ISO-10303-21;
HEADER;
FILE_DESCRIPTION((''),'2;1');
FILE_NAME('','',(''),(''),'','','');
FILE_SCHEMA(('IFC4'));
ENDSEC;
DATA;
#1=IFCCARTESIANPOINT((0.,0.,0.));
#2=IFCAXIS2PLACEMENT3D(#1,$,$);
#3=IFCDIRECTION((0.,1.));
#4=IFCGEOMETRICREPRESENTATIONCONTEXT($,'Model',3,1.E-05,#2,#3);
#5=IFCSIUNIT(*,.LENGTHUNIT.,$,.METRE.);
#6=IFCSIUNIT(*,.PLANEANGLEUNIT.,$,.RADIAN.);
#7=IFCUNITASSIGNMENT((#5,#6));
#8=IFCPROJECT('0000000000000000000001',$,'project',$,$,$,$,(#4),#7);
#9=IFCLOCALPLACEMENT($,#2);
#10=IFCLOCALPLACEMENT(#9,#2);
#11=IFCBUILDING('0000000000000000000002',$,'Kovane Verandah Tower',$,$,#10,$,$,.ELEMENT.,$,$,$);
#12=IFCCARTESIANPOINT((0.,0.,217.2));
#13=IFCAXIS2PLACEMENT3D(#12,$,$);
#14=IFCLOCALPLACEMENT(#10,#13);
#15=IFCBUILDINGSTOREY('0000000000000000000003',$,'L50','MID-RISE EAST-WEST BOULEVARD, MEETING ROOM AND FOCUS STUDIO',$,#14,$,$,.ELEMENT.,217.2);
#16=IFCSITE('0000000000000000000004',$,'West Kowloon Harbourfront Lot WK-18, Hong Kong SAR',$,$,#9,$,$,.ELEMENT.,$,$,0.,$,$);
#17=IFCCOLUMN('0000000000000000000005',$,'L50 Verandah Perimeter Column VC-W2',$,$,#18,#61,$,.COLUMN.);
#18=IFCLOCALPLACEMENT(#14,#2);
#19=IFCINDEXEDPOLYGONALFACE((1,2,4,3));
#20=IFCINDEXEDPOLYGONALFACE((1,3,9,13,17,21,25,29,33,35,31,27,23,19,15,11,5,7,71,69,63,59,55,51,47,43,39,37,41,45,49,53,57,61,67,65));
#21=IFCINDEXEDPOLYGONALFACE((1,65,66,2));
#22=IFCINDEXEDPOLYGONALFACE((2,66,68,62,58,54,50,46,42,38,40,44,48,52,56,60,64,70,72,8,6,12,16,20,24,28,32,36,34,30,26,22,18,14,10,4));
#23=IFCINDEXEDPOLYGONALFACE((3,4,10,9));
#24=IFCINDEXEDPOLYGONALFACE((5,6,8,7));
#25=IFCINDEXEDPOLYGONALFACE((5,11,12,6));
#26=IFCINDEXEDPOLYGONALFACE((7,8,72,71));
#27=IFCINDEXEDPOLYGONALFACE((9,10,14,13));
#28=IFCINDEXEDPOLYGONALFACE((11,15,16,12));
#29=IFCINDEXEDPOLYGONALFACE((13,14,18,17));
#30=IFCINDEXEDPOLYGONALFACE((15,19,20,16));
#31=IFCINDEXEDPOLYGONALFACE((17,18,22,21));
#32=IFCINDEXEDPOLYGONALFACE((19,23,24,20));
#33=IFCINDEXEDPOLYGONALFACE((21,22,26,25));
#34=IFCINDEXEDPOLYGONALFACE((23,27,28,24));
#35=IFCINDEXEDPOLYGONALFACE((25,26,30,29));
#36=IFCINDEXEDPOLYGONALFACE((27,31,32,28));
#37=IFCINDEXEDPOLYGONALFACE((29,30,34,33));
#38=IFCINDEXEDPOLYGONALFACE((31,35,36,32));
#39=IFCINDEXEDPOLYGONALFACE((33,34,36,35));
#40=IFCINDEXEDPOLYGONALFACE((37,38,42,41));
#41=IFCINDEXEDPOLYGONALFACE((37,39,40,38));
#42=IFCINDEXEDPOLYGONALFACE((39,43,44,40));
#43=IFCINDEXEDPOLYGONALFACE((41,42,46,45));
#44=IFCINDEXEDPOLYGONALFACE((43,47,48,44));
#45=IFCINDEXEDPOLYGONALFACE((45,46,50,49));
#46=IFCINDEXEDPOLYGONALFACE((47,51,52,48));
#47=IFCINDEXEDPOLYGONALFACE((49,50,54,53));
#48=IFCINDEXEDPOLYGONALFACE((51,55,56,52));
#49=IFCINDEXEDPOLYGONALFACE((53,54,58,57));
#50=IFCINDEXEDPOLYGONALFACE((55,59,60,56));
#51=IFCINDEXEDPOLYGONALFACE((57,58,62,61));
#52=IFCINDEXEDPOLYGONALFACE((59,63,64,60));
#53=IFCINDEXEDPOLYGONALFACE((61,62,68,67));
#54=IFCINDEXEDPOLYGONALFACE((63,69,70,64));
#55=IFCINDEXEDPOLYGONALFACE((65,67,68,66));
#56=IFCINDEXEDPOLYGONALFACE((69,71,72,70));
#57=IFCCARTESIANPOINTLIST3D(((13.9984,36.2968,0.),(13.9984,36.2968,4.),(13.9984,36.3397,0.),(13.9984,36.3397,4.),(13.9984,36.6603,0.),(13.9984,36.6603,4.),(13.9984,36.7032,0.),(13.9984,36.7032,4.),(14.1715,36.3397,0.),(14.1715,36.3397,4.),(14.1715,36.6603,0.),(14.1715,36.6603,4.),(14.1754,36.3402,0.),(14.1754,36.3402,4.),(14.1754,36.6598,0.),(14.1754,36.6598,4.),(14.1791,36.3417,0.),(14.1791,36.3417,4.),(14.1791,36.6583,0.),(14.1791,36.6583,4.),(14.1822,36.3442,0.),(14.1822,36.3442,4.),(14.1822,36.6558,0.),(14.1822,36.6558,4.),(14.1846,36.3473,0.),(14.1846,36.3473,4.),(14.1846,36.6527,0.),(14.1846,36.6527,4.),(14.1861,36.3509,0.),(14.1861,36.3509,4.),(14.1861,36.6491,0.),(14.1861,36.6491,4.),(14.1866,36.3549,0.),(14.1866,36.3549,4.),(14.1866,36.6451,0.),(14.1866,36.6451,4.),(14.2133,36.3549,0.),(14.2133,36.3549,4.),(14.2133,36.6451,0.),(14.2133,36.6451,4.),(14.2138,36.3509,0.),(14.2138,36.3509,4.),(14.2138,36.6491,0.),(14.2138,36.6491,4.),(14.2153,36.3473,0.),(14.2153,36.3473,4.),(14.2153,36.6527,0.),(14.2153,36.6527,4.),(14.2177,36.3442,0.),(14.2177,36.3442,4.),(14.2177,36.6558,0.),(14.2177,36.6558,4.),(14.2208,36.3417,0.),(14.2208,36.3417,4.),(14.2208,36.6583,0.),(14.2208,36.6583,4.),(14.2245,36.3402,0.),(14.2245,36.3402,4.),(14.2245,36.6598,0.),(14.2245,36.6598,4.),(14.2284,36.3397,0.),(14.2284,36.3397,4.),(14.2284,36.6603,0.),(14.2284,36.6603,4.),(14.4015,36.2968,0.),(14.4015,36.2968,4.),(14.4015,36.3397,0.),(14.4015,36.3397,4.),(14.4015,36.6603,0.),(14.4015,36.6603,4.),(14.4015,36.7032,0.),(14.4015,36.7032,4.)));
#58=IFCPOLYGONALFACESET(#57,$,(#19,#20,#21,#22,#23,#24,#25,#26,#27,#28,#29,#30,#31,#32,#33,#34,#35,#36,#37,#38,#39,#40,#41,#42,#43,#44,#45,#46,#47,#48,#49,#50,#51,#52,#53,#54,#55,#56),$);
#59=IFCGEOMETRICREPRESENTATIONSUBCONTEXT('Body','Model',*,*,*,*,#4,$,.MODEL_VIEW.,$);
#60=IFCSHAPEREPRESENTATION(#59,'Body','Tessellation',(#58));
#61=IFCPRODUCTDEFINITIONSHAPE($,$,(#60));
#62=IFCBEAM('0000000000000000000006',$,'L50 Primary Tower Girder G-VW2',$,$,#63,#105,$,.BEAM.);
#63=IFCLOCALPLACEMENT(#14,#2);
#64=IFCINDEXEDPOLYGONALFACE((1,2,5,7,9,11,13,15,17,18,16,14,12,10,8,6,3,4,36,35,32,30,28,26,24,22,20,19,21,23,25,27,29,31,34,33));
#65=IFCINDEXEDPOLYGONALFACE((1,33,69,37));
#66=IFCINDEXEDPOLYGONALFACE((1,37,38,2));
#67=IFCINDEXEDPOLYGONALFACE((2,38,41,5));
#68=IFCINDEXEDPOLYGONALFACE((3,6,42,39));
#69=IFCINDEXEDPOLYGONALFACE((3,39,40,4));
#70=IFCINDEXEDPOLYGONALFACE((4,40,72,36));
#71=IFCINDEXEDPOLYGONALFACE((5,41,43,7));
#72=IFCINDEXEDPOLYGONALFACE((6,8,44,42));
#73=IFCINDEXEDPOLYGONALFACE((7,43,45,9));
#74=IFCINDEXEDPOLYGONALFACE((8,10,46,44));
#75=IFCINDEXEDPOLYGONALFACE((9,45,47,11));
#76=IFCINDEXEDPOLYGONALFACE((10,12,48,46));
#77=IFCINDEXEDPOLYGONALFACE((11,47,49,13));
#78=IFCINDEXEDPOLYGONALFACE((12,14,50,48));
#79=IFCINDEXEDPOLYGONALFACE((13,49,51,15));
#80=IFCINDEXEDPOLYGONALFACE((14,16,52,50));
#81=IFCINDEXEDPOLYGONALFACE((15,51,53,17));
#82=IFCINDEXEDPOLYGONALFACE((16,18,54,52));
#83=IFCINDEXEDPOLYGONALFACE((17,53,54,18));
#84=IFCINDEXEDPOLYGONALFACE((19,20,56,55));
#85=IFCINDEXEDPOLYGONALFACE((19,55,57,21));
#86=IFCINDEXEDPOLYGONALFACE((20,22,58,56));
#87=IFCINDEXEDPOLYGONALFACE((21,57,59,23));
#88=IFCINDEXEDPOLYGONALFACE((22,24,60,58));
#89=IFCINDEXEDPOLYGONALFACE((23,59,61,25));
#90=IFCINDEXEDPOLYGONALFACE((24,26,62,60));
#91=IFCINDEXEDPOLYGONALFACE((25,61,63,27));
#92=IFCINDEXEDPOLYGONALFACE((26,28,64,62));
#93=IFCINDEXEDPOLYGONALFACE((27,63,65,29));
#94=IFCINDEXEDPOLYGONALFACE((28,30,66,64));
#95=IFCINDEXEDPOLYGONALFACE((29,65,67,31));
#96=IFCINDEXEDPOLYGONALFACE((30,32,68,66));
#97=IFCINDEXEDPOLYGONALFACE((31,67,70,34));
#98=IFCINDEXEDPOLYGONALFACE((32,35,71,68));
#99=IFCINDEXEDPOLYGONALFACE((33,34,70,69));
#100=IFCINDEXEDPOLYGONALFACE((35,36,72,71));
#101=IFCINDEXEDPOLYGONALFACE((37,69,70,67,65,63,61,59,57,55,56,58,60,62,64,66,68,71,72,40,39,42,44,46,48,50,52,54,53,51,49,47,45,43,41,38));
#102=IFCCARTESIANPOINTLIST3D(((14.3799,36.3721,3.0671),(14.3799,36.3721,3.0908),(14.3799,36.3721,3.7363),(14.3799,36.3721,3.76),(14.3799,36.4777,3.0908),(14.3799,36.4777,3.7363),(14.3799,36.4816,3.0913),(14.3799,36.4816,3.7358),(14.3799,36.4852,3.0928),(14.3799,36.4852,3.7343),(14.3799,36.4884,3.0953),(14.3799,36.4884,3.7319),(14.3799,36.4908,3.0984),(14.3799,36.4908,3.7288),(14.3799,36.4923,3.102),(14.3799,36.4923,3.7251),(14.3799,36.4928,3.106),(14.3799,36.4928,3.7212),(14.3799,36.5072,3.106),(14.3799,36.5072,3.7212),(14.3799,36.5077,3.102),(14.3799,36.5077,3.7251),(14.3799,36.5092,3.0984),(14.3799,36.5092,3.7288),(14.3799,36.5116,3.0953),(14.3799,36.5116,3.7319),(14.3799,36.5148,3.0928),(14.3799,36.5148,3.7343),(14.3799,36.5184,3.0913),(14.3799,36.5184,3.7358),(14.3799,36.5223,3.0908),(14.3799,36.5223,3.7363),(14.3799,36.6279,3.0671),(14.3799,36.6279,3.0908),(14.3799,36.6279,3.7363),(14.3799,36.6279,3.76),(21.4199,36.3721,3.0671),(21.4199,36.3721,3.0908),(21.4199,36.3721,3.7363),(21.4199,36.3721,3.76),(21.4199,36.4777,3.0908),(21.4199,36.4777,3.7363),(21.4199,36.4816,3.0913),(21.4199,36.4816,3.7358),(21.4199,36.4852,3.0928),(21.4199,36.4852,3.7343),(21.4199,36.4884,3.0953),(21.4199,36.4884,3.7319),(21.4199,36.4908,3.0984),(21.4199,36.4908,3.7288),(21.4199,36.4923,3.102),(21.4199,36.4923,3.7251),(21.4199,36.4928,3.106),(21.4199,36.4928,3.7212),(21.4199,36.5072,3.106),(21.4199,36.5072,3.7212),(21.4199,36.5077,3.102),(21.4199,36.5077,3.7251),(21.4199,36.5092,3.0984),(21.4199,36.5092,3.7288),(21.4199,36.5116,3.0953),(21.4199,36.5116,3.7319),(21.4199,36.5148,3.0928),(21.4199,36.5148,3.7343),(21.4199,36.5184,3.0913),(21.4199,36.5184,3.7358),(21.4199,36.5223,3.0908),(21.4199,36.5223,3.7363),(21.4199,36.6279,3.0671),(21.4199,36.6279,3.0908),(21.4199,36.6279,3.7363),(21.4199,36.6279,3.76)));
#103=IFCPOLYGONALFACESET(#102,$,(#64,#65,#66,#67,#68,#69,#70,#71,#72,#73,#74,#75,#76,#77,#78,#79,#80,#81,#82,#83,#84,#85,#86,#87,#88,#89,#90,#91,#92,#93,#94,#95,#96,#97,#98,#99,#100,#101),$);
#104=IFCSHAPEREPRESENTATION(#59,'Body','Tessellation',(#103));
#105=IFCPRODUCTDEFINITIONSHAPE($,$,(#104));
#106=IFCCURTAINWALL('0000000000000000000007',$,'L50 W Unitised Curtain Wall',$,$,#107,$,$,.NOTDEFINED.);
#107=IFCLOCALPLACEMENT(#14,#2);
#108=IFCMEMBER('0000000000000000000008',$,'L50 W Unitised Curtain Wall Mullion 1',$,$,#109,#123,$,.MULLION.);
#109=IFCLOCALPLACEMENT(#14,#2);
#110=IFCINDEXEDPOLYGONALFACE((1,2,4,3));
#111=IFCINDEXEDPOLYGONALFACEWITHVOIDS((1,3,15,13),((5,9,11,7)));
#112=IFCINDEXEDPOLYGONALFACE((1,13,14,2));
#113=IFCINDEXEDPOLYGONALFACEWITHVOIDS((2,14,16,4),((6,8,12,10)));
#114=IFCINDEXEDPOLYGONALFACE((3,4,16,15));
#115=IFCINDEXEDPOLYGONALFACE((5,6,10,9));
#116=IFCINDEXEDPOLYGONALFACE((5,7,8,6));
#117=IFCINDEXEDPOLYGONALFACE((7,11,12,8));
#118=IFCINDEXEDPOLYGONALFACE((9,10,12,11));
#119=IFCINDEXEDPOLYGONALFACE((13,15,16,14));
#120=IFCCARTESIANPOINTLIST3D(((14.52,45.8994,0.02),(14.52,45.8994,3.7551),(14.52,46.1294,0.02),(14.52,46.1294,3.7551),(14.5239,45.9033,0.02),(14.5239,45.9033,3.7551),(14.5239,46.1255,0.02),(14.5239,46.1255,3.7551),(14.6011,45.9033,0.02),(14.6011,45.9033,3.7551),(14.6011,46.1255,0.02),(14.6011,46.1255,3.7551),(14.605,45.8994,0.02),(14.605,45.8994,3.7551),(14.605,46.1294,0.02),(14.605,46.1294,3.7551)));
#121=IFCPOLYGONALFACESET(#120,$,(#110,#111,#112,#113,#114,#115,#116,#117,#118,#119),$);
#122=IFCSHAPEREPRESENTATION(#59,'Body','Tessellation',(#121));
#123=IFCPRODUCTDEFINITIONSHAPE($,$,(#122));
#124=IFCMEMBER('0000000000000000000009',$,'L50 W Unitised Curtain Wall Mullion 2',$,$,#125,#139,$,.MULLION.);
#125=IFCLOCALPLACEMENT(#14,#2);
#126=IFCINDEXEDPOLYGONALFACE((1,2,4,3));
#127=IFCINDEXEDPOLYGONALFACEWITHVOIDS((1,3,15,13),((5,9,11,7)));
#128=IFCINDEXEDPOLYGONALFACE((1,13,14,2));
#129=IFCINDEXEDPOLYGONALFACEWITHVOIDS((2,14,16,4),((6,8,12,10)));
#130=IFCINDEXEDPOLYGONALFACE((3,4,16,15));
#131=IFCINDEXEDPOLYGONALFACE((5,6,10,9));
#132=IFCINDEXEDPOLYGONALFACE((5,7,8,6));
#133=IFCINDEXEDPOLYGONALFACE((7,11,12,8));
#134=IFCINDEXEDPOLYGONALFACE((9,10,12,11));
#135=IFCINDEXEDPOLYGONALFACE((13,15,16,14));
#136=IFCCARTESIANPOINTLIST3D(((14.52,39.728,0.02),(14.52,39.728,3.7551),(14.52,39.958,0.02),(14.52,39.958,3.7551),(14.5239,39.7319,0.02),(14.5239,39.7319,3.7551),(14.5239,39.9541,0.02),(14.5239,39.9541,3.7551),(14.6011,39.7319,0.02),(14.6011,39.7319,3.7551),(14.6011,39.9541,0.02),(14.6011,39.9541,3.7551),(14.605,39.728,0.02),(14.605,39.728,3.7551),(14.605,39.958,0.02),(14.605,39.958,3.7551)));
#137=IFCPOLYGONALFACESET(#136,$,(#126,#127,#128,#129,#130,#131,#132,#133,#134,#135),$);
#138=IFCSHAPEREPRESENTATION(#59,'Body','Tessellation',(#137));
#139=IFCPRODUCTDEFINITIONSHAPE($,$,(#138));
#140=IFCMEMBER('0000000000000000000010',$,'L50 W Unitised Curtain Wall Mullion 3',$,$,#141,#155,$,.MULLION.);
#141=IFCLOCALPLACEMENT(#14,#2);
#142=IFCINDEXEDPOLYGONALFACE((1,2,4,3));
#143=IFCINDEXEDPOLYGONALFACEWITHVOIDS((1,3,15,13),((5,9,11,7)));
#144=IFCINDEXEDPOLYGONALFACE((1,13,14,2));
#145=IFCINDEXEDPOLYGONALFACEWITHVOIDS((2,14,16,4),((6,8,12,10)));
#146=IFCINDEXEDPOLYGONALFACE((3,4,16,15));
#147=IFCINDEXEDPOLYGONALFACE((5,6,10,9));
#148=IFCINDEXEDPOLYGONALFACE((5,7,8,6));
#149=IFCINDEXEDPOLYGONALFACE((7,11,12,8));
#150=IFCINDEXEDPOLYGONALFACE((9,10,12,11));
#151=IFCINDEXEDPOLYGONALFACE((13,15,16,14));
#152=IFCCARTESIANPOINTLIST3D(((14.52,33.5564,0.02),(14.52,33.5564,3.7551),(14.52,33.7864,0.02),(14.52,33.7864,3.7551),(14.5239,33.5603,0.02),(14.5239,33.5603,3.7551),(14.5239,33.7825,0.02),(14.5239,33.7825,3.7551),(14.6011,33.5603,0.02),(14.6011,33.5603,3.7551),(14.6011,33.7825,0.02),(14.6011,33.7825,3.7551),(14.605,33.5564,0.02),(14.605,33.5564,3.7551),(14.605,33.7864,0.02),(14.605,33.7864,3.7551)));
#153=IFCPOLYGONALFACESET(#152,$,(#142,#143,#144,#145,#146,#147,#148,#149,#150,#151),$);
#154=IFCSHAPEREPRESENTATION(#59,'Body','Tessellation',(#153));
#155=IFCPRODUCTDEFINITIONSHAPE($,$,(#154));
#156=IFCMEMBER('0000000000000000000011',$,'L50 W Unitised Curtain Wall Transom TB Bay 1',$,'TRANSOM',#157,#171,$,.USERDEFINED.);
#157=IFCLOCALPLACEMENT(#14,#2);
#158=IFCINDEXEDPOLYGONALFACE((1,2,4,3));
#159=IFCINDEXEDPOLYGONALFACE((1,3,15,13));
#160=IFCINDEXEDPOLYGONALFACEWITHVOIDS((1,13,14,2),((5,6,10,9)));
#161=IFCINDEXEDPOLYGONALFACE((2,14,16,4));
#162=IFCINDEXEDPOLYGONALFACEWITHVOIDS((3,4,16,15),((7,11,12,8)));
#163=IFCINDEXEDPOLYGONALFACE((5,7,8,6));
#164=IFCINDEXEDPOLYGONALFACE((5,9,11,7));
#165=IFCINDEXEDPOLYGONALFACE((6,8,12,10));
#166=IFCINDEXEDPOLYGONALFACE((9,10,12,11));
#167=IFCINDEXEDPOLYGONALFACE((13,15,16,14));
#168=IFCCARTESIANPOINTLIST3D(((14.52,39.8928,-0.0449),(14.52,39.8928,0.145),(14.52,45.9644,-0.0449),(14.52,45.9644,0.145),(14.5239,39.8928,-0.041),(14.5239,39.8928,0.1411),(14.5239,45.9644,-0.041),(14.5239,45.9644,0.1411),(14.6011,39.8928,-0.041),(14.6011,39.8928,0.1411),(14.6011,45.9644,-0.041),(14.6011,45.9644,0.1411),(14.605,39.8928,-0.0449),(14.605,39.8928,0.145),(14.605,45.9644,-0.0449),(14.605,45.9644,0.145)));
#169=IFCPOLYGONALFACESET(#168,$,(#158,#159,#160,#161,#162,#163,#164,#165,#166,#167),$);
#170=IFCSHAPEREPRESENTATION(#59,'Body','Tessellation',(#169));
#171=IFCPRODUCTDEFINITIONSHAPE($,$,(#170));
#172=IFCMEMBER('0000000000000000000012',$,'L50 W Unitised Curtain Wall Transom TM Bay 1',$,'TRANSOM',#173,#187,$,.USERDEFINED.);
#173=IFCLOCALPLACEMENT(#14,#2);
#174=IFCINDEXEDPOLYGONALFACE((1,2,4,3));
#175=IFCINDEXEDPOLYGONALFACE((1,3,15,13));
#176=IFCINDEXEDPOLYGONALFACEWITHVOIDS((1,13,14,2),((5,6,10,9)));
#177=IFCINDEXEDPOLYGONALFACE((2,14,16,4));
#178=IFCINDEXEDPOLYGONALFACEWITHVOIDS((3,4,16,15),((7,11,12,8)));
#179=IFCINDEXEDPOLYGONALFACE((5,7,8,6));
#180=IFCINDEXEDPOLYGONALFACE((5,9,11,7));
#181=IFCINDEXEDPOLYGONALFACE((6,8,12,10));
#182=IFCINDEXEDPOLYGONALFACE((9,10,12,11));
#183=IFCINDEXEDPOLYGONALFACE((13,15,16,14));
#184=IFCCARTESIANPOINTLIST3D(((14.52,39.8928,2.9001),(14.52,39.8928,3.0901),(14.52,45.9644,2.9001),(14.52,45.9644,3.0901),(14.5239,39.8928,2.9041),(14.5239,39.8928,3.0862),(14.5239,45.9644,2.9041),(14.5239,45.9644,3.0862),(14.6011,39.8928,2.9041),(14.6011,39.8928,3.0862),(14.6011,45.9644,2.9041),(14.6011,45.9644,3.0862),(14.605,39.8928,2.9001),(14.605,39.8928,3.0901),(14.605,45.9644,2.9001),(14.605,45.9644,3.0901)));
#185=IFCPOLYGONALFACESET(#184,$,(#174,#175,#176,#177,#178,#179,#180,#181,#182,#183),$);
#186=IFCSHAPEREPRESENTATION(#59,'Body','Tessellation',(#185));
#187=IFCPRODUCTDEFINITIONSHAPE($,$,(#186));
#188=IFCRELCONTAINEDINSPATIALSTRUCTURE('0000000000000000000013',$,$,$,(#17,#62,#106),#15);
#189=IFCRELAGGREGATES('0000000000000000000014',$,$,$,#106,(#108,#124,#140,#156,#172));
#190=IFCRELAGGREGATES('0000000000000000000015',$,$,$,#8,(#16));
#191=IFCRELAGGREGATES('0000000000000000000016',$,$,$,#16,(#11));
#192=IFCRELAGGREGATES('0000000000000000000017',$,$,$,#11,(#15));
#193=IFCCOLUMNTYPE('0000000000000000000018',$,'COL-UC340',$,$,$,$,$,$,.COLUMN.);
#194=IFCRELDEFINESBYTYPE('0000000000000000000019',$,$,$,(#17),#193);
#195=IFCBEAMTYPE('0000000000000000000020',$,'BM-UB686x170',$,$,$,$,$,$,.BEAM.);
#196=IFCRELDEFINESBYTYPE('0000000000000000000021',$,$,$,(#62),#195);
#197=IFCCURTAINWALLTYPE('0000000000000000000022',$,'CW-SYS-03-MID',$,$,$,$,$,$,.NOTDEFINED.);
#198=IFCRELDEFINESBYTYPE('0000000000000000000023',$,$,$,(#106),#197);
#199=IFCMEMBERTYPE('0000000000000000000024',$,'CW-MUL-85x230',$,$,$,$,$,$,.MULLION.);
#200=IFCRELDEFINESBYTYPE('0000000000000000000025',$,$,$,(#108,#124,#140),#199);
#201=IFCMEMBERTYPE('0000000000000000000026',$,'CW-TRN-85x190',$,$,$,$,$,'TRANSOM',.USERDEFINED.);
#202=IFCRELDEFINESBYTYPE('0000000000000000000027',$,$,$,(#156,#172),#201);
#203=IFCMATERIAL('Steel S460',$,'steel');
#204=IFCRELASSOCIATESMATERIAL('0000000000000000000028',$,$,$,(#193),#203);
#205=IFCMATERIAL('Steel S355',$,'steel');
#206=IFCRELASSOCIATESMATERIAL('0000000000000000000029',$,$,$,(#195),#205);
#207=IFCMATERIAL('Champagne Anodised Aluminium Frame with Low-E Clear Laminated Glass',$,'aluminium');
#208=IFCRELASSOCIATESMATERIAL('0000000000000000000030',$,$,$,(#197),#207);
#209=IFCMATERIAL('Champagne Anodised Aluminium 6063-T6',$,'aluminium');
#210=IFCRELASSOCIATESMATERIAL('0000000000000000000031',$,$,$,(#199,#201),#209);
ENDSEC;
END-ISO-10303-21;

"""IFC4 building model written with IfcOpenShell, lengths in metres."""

from ifc_helpers import new_model, si_unit, direction, frame, origin, origin_2d, place, context, subcontext, project, spatial, hollow_rectangle, i_section, extrude, material, material_profile, profile_set, type_object, element, aggregate, save


model = new_model("IFC4")

# Units and contexts
model_context = context("Model", 3, precision=1e-05, world=origin(), true_north=direction((0.0, 1.0)))
body_context = subcontext(model_context, "Body", "Model", "MODEL_VIEW")
ifc_project = project(units=[si_unit("LENGTHUNIT", "METRE"), si_unit("PLANEANGLEUNIT", "RADIAN")], contexts=[model_context])

# Site, building, storey
site_placement = place(None, origin())
site = spatial("IfcSite", under=ifc_project, at=site_placement, Name="West Kowloon Harbourfront Lot WK-18, Hong Kong SAR", CompositionType="ELEMENT", RefElevation=0.0)
building_placement = place(site_placement, origin())
building = spatial("IfcBuilding", under=site, at=building_placement, Name="Kovane Verandah Tower", CompositionType="ELEMENT")
storey_placement = place(building_placement, frame((0.0, 0.0, 217.2)))
storey = spatial("IfcBuildingStorey", under=building, at=storey_placement, Name="L50", Description="MID-RISE EAST-WEST BOULEVARD, MEETING ROOM AND FOCUS STUDIO", CompositionType="ELEMENT", Elevation=217.2)

# Column
ifc_material_1 = material(Name="Steel S460", Category="steel")
ifc_material_profile_1 = material_profile(ifc_material_1, i_section(OverallWidth=0.4031, OverallDepth=0.4065, WebThickness=0.0266, FlangeThickness=0.043, FilletRadius=0.0151, at=origin_2d()), Name="UC356x406x340")
ifc_profile_set_1 = profile_set([ifc_material_profile_1], Name="Steel S460")
column_type = type_object("IfcColumnType", Name="COL-UC340", PredefinedType="COLUMN", material=ifc_profile_set_1)
column_placement = place(storey_placement, frame((14.2, 36.5, 0.0), z_axis=(0.0, 0.0, 1.0), x_axis=(1.0, 0.0, 0.0)))
element("IfcColumn", 1, at=column_placement, inside=storey, type_object=column_type, Name="L50 Verandah Perimeter Column VC-W2", PredefinedType="COLUMN", context=body_context, shape_type="SweptSolid", body=[
    extrude(i_section(OverallWidth=0.4031, OverallDepth=0.4065, WebThickness=0.0266, FlangeThickness=0.043, FilletRadius=0.0151, at=origin_2d()), origin(), (0.0, 0.0, 1.0), 4.0),
])

# Beam
ifc_material_2 = material(Name="Steel S355", Category="steel")
ifc_material_profile_2 = material_profile(ifc_material_2, i_section(OverallWidth=0.2559, OverallDepth=0.6929, WebThickness=0.0144, FlangeThickness=0.0237, FilletRadius=0.0151, at=origin_2d()), Name="UB686x254x170")
ifc_profile_set_2 = profile_set([ifc_material_profile_2], Name="Steel S355")
beam_type_1 = type_object("IfcBeamType", Name="BM-UB686x170", PredefinedType="BEAM", material=ifc_profile_set_2)
beam_1_placement = place(storey_placement, frame((21.4199, 36.5, 3.4136), z_axis=(-1.0, 0.0, 0.0), x_axis=(0.0, -1.0, 0.0)))
element("IfcBeam", 2, at=beam_1_placement, inside=storey, type_object=beam_type_1, Name="L50 Primary Tower Girder G-VW2", PredefinedType="BEAM", context=body_context, shape_type="SweptSolid", body=[
    extrude(i_section(OverallWidth=0.2559, OverallDepth=0.6929, WebThickness=0.0144, FlangeThickness=0.0237, FilletRadius=0.0151, at=origin_2d()), origin(), (0.0, 0.0, 1.0), 7.04),
])

# Curtain wall, members
ifc_material_3 = material(Name="Champagne Anodised Aluminium Frame with Low-E Clear Laminated Glass", Category="aluminium")
curtain_wall_type = type_object("IfcCurtainWallType", Name="CW-SYS-03-MID", PredefinedType="NOTDEFINED", material=ifc_material_3)
curtain_wall_placement = place(storey_placement, origin())
curtain_wall = element("IfcCurtainWall", 3, at=curtain_wall_placement, inside=storey, type_object=curtain_wall_type, Name="L50 W Unitised Curtain Wall", PredefinedType="NOTDEFINED")
ifc_material_4 = material(Name="Champagne Anodised Aluminium 6063-T6", Category="aluminium")
ifc_material_profile_3 = material_profile(ifc_material_4, hollow_rectangle(XDim=0.085, YDim=0.23, WallThickness=0.0039, at=origin_2d()), Name="AL85x230x4")
ifc_profile_set_3 = profile_set([ifc_material_profile_3], Name="Champagne Anodised Aluminium 6063-T6")
member_type_1 = type_object("IfcMemberType", Name="CW-MUL-85x230", PredefinedType="MULLION", material=ifc_profile_set_3)
member_1_placement = place(storey_placement, frame((14.5625, 46.0144, 0.02), z_axis=(0.0, 0.0, 1.0), x_axis=(-1.0, 0.0, 0.0)))
member_1 = element("IfcMember", 4, at=member_1_placement, type_object=member_type_1, Name="L50 W Unitised Curtain Wall Mullion 1", PredefinedType="MULLION", context=body_context, shape_type="SweptSolid", body=[
    extrude(hollow_rectangle(XDim=0.085, YDim=0.23, WallThickness=0.0039, at=origin_2d()), origin(), (0.0, 0.0, 1.0), 3.7351),
])
member_2_placement = place(storey_placement, frame((14.5625, 39.843, 0.02), z_axis=(0.0, 0.0, 1.0), x_axis=(-1.0, 0.0, 0.0)))
member_2 = element("IfcMember", 5, at=member_2_placement, type_object=member_type_1, Name="L50 W Unitised Curtain Wall Mullion 2", PredefinedType="MULLION", context=body_context, shape_type="SweptSolid", body=[
    extrude(hollow_rectangle(XDim=0.085, YDim=0.23, WallThickness=0.0039, at=origin_2d()), origin(), (0.0, 0.0, 1.0), 3.7351),
])
member_3_placement = place(storey_placement, frame((14.5625, 33.6714, 0.02), z_axis=(0.0, 0.0, 1.0), x_axis=(-1.0, 0.0, 0.0)))
member_3 = element("IfcMember", 6, at=member_3_placement, type_object=member_type_1, Name="L50 W Unitised Curtain Wall Mullion 3", PredefinedType="MULLION", context=body_context, shape_type="SweptSolid", body=[
    extrude(hollow_rectangle(XDim=0.085, YDim=0.23, WallThickness=0.0039, at=origin_2d()), origin(), (0.0, 0.0, 1.0), 3.7351),
])
ifc_material_profile_4 = material_profile(ifc_material_4, hollow_rectangle(XDim=0.085, YDim=0.1899, WallThickness=0.0039, at=origin_2d()), Name="AL85x190x4")
ifc_profile_set_4 = profile_set([ifc_material_profile_4], Name="Champagne Anodised Aluminium 6063-T6")
member_type_2 = type_object("IfcMemberType", Name="CW-TRN-85x190", ElementType="TRANSOM", PredefinedType="USERDEFINED", material=ifc_profile_set_4)
member_4_placement = place(storey_placement, frame((14.5625, 45.9644, 0.05), z_axis=(0.0, -1.0, 0.0), x_axis=(1.0, 0.0, 0.0)))
member_4 = element("IfcMember", 7, at=member_4_placement, type_object=member_type_2, Name="L50 W Unitised Curtain Wall Transom TB Bay 1", ObjectType="TRANSOM", PredefinedType="USERDEFINED", context=body_context, shape_type="SweptSolid", body=[
    extrude(hollow_rectangle(XDim=0.085, YDim=0.1899, WallThickness=0.0039, at=origin_2d()), origin(), (0.0, 0.0, 1.0), 6.0715),
])
member_5_placement = place(storey_placement, frame((14.5625, 45.9644, 2.9951), z_axis=(0.0, -1.0, 0.0), x_axis=(1.0, 0.0, 0.0)))
member_5 = element("IfcMember", 8, at=member_5_placement, type_object=member_type_2, Name="L50 W Unitised Curtain Wall Transom TM Bay 1", ObjectType="TRANSOM", PredefinedType="USERDEFINED", context=body_context, shape_type="SweptSolid", body=[
    extrude(hollow_rectangle(XDim=0.085, YDim=0.1899, WallThickness=0.0039, at=origin_2d()), origin(), (0.0, 0.0, 1.0), 6.0715),
])

aggregate(curtain_wall, [member_1, member_2, member_3, member_4, member_5])

save(model, "model.ifc")
